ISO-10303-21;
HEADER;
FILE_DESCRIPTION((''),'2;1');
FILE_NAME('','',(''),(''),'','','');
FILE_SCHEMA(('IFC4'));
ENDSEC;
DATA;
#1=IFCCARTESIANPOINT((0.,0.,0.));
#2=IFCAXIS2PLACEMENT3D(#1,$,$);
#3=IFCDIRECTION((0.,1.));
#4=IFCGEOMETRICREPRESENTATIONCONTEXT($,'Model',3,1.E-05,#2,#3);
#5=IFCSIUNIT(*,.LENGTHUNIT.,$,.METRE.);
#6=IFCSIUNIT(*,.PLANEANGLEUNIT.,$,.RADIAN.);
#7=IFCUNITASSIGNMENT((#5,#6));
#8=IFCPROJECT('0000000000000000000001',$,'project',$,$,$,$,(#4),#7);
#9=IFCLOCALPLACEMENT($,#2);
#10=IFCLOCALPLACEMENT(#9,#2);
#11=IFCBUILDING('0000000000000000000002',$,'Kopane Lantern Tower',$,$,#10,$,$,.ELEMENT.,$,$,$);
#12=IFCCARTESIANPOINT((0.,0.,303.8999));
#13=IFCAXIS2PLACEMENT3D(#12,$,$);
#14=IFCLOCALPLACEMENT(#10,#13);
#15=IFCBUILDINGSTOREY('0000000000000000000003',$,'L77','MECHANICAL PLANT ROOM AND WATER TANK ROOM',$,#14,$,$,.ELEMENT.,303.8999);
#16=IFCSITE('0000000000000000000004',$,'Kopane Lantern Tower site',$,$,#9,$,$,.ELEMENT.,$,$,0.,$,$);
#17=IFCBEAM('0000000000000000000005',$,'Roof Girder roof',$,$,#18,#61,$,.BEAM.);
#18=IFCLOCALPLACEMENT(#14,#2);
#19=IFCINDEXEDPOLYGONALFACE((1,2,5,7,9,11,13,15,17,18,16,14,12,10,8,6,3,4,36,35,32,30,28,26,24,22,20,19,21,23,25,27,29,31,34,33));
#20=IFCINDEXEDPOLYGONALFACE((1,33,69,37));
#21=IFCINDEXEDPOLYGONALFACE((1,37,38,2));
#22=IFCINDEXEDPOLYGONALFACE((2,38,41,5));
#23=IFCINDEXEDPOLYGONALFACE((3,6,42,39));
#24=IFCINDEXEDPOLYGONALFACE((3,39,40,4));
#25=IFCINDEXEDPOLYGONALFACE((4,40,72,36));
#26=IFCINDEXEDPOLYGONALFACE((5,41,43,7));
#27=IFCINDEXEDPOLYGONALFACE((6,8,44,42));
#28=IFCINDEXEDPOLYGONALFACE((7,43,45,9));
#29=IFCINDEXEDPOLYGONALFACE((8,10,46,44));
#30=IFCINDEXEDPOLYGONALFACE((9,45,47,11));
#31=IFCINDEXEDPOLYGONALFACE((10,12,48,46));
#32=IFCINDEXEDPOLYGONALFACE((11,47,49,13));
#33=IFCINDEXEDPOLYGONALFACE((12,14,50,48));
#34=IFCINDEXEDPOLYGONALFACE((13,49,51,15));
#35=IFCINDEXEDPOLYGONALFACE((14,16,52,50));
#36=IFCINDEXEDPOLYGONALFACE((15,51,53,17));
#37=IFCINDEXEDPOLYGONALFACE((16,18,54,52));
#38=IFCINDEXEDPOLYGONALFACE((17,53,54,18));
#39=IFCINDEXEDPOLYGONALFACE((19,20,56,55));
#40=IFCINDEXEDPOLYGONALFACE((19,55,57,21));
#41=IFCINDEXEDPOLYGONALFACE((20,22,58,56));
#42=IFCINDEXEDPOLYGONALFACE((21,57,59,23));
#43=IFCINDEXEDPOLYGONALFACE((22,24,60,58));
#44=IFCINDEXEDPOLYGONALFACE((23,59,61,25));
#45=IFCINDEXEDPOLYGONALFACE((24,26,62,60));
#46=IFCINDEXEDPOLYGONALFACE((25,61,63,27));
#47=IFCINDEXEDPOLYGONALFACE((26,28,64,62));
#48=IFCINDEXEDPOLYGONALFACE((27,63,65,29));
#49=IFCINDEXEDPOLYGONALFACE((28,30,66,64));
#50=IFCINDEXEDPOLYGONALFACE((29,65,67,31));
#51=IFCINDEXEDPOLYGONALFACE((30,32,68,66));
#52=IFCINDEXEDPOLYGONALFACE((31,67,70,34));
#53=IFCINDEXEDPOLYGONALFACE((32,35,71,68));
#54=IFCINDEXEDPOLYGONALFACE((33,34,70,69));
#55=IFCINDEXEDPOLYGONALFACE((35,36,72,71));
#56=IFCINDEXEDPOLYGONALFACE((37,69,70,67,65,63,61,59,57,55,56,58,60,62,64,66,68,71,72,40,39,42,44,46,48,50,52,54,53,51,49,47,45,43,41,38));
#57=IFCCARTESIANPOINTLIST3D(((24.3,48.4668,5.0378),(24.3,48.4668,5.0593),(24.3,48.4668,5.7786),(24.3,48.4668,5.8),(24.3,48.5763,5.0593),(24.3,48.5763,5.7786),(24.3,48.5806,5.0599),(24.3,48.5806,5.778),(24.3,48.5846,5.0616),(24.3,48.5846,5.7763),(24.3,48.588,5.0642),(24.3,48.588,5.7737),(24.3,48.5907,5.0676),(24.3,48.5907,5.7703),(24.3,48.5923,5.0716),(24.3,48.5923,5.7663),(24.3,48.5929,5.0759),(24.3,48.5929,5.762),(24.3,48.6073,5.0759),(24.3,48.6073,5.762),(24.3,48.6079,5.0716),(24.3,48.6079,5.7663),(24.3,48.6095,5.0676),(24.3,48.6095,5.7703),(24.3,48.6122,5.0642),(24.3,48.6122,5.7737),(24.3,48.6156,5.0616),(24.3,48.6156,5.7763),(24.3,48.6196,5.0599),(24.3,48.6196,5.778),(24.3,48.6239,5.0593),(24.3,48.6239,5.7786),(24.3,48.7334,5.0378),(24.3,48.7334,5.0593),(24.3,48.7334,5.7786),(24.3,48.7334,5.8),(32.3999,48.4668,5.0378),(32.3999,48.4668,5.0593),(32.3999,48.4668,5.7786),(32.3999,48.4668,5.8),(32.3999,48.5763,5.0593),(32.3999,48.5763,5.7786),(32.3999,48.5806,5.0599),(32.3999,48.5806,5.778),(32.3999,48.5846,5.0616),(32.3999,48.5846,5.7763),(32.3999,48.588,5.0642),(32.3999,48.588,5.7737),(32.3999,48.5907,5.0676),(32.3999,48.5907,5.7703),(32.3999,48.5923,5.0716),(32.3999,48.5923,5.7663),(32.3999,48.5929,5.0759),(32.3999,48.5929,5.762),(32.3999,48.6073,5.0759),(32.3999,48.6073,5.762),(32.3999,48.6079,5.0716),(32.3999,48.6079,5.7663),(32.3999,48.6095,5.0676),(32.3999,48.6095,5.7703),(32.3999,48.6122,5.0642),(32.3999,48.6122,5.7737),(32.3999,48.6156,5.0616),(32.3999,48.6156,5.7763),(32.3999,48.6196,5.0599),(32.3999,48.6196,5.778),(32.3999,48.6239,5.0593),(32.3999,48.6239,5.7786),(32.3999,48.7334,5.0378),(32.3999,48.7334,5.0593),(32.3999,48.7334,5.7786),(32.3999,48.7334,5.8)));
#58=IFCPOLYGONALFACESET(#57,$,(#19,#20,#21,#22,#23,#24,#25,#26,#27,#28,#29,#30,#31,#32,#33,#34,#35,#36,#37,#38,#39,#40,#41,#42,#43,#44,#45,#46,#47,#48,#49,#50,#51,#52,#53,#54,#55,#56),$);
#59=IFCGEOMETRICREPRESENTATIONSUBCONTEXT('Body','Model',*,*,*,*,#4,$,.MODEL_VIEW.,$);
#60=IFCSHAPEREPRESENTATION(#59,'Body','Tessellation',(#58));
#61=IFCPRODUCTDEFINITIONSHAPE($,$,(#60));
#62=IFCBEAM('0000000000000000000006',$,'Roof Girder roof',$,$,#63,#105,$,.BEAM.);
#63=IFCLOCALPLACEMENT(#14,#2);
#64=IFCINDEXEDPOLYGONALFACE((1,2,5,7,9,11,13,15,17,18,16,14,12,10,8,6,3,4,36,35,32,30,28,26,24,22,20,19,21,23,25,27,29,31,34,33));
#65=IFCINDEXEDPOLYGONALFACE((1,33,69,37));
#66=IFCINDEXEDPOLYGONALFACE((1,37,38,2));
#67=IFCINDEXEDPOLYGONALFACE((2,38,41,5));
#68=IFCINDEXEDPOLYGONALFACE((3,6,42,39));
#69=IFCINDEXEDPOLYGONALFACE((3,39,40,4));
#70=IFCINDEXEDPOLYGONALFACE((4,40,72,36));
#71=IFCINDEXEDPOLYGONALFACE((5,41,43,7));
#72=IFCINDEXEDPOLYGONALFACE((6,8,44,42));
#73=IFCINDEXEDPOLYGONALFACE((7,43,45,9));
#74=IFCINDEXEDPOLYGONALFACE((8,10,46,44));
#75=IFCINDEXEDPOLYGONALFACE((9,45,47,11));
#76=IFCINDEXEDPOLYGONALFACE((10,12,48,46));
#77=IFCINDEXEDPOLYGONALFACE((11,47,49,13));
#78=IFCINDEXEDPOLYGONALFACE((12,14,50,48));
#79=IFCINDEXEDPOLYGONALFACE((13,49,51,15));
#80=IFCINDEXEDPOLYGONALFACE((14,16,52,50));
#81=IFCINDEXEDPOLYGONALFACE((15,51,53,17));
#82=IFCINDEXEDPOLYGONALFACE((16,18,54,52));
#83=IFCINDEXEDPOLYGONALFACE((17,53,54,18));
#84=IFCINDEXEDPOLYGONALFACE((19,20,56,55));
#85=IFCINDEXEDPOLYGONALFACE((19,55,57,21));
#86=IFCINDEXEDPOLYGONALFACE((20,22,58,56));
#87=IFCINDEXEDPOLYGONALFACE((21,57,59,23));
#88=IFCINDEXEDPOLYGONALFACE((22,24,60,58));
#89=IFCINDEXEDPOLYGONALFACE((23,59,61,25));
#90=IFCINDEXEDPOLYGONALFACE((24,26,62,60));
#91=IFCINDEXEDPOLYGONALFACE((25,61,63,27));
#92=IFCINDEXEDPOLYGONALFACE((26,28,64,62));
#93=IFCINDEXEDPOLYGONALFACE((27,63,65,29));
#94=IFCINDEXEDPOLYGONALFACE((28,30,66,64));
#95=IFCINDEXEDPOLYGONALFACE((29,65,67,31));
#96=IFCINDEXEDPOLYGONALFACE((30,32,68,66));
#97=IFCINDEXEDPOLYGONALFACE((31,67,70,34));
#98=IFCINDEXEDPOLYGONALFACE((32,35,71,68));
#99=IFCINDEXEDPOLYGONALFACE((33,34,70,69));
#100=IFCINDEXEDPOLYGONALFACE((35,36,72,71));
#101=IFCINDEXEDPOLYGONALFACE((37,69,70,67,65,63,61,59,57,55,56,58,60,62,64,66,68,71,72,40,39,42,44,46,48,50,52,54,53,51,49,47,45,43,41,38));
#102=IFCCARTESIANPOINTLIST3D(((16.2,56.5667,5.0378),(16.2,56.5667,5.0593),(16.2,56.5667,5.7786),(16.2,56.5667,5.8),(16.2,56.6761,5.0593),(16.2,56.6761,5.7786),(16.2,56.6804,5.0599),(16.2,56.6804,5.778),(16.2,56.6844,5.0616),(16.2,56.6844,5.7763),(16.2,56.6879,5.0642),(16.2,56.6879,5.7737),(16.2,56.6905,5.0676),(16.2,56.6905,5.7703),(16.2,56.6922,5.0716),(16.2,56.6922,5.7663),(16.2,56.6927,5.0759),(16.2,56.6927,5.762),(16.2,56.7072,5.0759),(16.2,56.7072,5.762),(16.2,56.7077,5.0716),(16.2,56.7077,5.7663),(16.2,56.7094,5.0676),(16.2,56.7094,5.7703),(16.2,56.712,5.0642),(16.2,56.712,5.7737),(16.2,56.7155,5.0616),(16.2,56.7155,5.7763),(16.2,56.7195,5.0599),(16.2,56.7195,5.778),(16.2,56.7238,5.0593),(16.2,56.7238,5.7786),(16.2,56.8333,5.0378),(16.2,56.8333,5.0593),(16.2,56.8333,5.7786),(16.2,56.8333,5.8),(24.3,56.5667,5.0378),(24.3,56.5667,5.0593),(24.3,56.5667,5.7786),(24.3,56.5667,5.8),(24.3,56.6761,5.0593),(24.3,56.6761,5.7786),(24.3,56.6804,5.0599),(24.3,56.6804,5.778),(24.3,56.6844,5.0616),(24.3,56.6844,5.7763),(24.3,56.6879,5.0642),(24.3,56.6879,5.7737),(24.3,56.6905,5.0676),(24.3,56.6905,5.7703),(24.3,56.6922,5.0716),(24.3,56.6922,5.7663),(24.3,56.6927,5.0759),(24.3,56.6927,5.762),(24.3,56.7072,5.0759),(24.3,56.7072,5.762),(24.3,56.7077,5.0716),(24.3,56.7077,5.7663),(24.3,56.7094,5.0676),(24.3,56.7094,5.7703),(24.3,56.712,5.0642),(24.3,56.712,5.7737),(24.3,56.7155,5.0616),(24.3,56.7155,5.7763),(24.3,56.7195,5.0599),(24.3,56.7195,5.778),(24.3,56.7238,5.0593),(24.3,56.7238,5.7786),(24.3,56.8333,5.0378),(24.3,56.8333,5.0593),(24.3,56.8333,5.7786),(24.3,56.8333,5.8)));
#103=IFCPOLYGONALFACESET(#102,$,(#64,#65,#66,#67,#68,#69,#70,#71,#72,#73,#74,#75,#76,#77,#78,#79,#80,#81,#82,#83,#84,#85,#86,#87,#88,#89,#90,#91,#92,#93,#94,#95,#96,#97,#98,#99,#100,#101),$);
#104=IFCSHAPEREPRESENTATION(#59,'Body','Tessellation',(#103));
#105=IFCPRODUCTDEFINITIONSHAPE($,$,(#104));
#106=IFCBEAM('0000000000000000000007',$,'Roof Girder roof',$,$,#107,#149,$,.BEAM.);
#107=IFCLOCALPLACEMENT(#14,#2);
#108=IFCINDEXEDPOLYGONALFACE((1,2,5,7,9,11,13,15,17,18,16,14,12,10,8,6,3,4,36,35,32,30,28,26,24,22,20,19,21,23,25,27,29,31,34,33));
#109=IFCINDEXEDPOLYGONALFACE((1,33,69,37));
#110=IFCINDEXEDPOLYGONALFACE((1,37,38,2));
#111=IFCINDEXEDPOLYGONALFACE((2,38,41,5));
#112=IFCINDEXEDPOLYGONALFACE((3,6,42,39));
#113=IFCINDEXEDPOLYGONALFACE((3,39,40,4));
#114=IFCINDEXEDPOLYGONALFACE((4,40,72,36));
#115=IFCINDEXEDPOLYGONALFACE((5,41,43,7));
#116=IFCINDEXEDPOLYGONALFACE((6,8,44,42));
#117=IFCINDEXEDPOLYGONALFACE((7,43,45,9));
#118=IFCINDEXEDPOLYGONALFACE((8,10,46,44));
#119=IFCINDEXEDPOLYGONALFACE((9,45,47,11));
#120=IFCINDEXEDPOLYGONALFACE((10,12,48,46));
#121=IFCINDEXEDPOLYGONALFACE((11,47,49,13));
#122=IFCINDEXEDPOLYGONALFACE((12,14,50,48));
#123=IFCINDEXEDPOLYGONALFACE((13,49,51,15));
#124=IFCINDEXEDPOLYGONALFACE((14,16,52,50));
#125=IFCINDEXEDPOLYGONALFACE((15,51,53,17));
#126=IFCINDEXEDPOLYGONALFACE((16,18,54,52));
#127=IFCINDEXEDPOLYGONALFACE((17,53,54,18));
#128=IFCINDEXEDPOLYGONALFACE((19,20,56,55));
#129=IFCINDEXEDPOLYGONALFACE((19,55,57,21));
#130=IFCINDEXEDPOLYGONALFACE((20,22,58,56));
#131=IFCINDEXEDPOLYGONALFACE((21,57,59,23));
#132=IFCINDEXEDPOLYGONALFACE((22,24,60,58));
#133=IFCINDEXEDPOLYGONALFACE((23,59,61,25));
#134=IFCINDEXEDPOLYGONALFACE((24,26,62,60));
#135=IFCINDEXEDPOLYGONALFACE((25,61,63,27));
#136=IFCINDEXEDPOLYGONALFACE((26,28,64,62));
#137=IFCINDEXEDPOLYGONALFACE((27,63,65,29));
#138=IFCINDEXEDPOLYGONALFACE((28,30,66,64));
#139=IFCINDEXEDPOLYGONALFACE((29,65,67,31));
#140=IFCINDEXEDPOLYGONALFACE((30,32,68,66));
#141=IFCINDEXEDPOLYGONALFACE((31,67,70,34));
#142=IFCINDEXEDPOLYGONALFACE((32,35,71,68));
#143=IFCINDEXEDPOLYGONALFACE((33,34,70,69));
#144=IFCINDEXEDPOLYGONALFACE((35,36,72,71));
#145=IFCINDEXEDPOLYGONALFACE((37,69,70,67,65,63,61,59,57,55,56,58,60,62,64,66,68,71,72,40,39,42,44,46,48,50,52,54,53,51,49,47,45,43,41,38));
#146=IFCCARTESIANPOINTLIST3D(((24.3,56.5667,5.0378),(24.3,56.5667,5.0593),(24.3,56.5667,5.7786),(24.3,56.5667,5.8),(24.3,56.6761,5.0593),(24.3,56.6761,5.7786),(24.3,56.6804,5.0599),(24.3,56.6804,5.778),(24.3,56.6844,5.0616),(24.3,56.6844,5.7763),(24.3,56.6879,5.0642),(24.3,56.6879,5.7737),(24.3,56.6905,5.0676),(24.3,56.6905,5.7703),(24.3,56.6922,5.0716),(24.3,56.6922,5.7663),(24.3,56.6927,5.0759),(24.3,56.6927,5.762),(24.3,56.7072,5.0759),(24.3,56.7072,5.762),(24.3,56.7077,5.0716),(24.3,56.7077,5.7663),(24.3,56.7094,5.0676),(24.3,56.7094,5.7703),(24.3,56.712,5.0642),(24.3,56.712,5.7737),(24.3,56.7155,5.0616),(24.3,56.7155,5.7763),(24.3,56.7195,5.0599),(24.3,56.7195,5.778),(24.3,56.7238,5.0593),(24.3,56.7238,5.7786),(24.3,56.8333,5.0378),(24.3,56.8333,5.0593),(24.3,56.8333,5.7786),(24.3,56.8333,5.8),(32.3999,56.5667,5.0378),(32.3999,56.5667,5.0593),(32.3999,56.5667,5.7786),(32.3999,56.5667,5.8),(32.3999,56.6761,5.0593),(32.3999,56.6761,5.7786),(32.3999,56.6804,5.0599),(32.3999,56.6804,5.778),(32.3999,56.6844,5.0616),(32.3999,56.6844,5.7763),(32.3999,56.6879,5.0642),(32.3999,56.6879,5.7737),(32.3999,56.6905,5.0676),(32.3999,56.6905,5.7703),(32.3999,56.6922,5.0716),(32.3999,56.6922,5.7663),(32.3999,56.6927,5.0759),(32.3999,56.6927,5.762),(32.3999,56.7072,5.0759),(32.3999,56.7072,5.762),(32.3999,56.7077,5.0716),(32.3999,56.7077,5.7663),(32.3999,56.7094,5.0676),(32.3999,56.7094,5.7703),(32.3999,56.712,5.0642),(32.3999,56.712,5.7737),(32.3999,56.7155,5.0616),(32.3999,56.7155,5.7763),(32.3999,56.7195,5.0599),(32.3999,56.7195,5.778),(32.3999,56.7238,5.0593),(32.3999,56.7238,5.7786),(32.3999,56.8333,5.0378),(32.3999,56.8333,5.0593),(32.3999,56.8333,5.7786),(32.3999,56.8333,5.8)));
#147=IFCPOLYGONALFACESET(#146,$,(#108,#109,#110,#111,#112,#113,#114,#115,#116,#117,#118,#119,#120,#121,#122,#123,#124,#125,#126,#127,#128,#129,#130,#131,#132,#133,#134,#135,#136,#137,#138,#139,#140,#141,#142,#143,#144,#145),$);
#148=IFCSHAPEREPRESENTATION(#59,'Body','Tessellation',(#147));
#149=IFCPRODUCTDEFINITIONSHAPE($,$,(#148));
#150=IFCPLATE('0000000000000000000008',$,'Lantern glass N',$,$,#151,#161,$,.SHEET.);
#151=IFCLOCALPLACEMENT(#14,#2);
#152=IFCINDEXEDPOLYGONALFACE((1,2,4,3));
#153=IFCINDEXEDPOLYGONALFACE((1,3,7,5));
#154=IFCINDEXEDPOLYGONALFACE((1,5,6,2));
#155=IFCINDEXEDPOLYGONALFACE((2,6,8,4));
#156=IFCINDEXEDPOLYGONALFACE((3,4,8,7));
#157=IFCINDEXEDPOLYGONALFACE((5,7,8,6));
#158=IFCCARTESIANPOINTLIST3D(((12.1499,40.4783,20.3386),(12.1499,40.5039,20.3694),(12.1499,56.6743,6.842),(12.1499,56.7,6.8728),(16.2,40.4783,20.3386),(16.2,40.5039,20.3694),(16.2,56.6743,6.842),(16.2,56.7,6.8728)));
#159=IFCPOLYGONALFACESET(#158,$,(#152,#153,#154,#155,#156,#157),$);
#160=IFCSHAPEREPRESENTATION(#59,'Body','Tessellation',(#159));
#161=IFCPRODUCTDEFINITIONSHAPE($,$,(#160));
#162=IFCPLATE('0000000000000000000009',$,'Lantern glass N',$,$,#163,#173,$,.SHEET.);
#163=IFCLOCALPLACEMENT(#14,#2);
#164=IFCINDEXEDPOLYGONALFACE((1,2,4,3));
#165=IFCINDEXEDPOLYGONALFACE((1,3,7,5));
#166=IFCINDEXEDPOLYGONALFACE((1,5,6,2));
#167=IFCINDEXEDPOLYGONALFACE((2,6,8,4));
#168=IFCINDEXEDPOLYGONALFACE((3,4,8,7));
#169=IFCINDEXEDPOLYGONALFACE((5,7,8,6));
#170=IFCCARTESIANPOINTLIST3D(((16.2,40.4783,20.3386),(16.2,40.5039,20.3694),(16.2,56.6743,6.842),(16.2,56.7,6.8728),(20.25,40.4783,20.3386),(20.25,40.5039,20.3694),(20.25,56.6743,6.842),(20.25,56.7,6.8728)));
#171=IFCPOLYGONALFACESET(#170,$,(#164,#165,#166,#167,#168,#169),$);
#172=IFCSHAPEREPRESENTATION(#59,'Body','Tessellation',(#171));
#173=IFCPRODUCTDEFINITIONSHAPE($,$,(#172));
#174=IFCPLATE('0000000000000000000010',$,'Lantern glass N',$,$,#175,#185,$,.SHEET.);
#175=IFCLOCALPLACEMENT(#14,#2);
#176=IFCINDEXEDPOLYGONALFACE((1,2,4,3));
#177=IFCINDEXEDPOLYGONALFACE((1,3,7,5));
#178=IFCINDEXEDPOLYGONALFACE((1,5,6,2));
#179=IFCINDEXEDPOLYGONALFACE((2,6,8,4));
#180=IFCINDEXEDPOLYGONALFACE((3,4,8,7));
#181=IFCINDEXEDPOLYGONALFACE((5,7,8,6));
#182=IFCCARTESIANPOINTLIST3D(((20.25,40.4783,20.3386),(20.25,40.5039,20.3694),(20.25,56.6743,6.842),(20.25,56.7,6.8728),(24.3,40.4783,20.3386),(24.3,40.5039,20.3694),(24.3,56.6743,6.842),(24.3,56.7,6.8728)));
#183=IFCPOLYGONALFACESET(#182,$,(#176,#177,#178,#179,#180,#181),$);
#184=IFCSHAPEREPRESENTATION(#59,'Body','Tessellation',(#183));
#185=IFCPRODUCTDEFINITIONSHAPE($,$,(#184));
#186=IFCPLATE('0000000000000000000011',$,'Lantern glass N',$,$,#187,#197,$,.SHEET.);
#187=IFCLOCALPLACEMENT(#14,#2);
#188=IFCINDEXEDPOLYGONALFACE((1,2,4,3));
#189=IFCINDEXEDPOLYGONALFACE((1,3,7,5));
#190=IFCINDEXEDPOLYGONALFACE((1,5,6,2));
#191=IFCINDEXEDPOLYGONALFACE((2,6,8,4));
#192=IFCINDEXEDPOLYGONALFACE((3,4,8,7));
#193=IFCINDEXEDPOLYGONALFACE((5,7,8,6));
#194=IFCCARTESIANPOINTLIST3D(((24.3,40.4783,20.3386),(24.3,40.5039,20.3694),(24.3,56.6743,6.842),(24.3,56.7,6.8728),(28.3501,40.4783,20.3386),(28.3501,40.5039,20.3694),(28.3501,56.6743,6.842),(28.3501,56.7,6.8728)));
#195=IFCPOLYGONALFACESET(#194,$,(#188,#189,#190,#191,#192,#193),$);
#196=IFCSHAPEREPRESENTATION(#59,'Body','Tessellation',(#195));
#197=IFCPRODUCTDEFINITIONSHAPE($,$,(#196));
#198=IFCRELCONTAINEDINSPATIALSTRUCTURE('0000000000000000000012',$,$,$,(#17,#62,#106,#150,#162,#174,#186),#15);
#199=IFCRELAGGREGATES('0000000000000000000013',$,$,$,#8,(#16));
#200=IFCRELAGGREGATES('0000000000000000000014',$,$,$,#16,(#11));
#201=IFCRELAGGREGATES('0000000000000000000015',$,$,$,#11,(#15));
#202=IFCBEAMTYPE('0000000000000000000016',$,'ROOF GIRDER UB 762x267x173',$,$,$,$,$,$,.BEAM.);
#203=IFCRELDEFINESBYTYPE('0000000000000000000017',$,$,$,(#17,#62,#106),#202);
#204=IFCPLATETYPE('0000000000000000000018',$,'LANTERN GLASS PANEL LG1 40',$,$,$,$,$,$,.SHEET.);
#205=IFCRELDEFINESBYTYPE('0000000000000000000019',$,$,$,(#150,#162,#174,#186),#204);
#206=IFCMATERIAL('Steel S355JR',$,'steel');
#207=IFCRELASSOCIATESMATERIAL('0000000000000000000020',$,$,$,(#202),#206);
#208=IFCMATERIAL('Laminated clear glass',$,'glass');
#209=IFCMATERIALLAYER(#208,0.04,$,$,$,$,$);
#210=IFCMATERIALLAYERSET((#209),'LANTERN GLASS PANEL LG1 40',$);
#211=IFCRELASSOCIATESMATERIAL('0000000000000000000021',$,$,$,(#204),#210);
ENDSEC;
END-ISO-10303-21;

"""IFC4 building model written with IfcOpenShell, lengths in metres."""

from ifc_helpers import new_model, si_unit, direction, frame, origin, origin_2d, place, context, subcontext, project, spatial, polyline, i_section, outline, extrude, material, layer, layer_set, material_profile, profile_set, type_object, element, save


model = new_model("IFC4")

# Units and contexts
model_context = context("Model", 3, precision=1e-05, world=origin(), true_north=direction((0.0, 1.0)))
body_context = subcontext(model_context, "Body", "Model", "MODEL_VIEW")
ifc_project = project(units=[si_unit("LENGTHUNIT", "METRE"), si_unit("PLANEANGLEUNIT", "RADIAN")], contexts=[model_context])

# Site, building, storey
site_placement = place(None, origin())
site = spatial("IfcSite", under=ifc_project, at=site_placement, Name="Kopane Lantern Tower site", CompositionType="ELEMENT", RefElevation=0.0)
building_placement = place(site_placement, origin())
building = spatial("IfcBuilding", under=site, at=building_placement, Name="Kopane Lantern Tower", CompositionType="ELEMENT")
storey_placement = place(building_placement, frame((0.0, 0.0, 303.8999)))
storey = spatial("IfcBuildingStorey", under=building, at=storey_placement, Name="L77", Description="MECHANICAL PLANT ROOM AND WATER TANK ROOM", CompositionType="ELEMENT", Elevation=303.8999)

# Beams
ifc_material_1 = material(Name="Steel S355JR", Category="steel")
ifc_material_profile_1 = material_profile(ifc_material_1, i_section(OverallWidth=0.2666, OverallDepth=0.7622, WebThickness=0.0144, FlangeThickness=0.0215, FilletRadius=0.0166, at=origin_2d()), Name="UB 762x267x173")
ifc_profile_set_1 = profile_set([ifc_material_profile_1], Name="Steel S355JR")
beam_type_1 = type_object("IfcBeamType", Name="ROOF GIRDER UB 762x267x173", PredefinedType="BEAM", material=ifc_profile_set_1)
beam_1_placement = place(storey_placement, frame((24.3, 48.6001, 5.4189), z_axis=(1.0, 0.0, 0.0), x_axis=(0.0, 1.0, 0.0)))
element("IfcBeam", 1, at=beam_1_placement, inside=storey, type_object=beam_type_1, Name="Roof Girder roof", PredefinedType="BEAM", context=body_context, shape_type="SweptSolid", body=[
    extrude(i_section(OverallWidth=0.2666, OverallDepth=0.7622, WebThickness=0.0144, FlangeThickness=0.0215, FilletRadius=0.0166, at=origin_2d()), origin(), (0.0, 0.0, 1.0), 8.0999),
])
beam_2_placement = place(storey_placement, frame((16.2, 56.7, 5.4189), z_axis=(1.0, 0.0, 0.0), x_axis=(0.0, 1.0, 0.0)))
element("IfcBeam", 2, at=beam_2_placement, inside=storey, type_object=beam_type_1, Name="Roof Girder roof", PredefinedType="BEAM", context=body_context, shape_type="SweptSolid", body=[
    extrude(i_section(OverallWidth=0.2666, OverallDepth=0.7622, WebThickness=0.0144, FlangeThickness=0.0215, FilletRadius=0.0166, at=origin_2d()), origin(), (0.0, 0.0, 1.0), 8.1001),
])
beam_3_placement = place(storey_placement, frame((24.3, 56.7, 5.4189), z_axis=(1.0, 0.0, 0.0), x_axis=(0.0, 1.0, 0.0)))
element("IfcBeam", 3, at=beam_3_placement, inside=storey, type_object=beam_type_1, Name="Roof Girder roof", PredefinedType="BEAM", context=body_context, shape_type="SweptSolid", body=[
    extrude(i_section(OverallWidth=0.2666, OverallDepth=0.7622, WebThickness=0.0144, FlangeThickness=0.0215, FilletRadius=0.0166, at=origin_2d()), origin(), (0.0, 0.0, 1.0), 8.0999),
])

# Plates
ifc_material_2 = material(Name="Laminated clear glass", Category="glass")
ifc_layer_1 = layer(ifc_material_2, 0.04)
ifc_layer_set_1 = layer_set([ifc_layer_1], Name="LANTERN GLASS PANEL LG1 40")
plate_type_1 = type_object("IfcPlateType", Name="LANTERN GLASS PANEL LG1 40", PredefinedType="SHEET", material=ifc_layer_set_1)
for number, where, z_axis, x_axis, name in (
    (4, (12.1499, 40.5039, 20.3694), (0.0, 0.640181, 0.768224), (1.0, 0.0, 0.0), "Lantern glass N"),
    (5, (16.2, 40.5039, 20.3694), (0.0, 0.640181, 0.768224), (1.0, 0.0, 0.0), "Lantern glass N"),
    (6, (20.25, 40.5039, 20.3694), (0.0, 0.640181, 0.768224), (1.0, 0.0, 0.0), "Lantern glass N"),
    (7, (24.3, 40.5039, 20.3694), (0.0, 0.640181, 0.768224), (1.0, 0.0, 0.0), "Lantern glass N"),
):
    element("IfcPlate", number, at=place(storey_placement, frame(where, z_axis=z_axis, x_axis=x_axis)), inside=storey, type_object=plate_type_1, Name=name, PredefinedType="SHEET", context=body_context, shape_type="SweptSolid", body=[
        extrude(outline(polyline([(0.0, 0.0), (4.05, 0.0), (4.05, 21.0824), (0.0, 21.0824), (0.0, 0.0)])), origin(), (0.0, 0.0, -1.0), 0.04),
    ])

save(model, "model.ifc")
